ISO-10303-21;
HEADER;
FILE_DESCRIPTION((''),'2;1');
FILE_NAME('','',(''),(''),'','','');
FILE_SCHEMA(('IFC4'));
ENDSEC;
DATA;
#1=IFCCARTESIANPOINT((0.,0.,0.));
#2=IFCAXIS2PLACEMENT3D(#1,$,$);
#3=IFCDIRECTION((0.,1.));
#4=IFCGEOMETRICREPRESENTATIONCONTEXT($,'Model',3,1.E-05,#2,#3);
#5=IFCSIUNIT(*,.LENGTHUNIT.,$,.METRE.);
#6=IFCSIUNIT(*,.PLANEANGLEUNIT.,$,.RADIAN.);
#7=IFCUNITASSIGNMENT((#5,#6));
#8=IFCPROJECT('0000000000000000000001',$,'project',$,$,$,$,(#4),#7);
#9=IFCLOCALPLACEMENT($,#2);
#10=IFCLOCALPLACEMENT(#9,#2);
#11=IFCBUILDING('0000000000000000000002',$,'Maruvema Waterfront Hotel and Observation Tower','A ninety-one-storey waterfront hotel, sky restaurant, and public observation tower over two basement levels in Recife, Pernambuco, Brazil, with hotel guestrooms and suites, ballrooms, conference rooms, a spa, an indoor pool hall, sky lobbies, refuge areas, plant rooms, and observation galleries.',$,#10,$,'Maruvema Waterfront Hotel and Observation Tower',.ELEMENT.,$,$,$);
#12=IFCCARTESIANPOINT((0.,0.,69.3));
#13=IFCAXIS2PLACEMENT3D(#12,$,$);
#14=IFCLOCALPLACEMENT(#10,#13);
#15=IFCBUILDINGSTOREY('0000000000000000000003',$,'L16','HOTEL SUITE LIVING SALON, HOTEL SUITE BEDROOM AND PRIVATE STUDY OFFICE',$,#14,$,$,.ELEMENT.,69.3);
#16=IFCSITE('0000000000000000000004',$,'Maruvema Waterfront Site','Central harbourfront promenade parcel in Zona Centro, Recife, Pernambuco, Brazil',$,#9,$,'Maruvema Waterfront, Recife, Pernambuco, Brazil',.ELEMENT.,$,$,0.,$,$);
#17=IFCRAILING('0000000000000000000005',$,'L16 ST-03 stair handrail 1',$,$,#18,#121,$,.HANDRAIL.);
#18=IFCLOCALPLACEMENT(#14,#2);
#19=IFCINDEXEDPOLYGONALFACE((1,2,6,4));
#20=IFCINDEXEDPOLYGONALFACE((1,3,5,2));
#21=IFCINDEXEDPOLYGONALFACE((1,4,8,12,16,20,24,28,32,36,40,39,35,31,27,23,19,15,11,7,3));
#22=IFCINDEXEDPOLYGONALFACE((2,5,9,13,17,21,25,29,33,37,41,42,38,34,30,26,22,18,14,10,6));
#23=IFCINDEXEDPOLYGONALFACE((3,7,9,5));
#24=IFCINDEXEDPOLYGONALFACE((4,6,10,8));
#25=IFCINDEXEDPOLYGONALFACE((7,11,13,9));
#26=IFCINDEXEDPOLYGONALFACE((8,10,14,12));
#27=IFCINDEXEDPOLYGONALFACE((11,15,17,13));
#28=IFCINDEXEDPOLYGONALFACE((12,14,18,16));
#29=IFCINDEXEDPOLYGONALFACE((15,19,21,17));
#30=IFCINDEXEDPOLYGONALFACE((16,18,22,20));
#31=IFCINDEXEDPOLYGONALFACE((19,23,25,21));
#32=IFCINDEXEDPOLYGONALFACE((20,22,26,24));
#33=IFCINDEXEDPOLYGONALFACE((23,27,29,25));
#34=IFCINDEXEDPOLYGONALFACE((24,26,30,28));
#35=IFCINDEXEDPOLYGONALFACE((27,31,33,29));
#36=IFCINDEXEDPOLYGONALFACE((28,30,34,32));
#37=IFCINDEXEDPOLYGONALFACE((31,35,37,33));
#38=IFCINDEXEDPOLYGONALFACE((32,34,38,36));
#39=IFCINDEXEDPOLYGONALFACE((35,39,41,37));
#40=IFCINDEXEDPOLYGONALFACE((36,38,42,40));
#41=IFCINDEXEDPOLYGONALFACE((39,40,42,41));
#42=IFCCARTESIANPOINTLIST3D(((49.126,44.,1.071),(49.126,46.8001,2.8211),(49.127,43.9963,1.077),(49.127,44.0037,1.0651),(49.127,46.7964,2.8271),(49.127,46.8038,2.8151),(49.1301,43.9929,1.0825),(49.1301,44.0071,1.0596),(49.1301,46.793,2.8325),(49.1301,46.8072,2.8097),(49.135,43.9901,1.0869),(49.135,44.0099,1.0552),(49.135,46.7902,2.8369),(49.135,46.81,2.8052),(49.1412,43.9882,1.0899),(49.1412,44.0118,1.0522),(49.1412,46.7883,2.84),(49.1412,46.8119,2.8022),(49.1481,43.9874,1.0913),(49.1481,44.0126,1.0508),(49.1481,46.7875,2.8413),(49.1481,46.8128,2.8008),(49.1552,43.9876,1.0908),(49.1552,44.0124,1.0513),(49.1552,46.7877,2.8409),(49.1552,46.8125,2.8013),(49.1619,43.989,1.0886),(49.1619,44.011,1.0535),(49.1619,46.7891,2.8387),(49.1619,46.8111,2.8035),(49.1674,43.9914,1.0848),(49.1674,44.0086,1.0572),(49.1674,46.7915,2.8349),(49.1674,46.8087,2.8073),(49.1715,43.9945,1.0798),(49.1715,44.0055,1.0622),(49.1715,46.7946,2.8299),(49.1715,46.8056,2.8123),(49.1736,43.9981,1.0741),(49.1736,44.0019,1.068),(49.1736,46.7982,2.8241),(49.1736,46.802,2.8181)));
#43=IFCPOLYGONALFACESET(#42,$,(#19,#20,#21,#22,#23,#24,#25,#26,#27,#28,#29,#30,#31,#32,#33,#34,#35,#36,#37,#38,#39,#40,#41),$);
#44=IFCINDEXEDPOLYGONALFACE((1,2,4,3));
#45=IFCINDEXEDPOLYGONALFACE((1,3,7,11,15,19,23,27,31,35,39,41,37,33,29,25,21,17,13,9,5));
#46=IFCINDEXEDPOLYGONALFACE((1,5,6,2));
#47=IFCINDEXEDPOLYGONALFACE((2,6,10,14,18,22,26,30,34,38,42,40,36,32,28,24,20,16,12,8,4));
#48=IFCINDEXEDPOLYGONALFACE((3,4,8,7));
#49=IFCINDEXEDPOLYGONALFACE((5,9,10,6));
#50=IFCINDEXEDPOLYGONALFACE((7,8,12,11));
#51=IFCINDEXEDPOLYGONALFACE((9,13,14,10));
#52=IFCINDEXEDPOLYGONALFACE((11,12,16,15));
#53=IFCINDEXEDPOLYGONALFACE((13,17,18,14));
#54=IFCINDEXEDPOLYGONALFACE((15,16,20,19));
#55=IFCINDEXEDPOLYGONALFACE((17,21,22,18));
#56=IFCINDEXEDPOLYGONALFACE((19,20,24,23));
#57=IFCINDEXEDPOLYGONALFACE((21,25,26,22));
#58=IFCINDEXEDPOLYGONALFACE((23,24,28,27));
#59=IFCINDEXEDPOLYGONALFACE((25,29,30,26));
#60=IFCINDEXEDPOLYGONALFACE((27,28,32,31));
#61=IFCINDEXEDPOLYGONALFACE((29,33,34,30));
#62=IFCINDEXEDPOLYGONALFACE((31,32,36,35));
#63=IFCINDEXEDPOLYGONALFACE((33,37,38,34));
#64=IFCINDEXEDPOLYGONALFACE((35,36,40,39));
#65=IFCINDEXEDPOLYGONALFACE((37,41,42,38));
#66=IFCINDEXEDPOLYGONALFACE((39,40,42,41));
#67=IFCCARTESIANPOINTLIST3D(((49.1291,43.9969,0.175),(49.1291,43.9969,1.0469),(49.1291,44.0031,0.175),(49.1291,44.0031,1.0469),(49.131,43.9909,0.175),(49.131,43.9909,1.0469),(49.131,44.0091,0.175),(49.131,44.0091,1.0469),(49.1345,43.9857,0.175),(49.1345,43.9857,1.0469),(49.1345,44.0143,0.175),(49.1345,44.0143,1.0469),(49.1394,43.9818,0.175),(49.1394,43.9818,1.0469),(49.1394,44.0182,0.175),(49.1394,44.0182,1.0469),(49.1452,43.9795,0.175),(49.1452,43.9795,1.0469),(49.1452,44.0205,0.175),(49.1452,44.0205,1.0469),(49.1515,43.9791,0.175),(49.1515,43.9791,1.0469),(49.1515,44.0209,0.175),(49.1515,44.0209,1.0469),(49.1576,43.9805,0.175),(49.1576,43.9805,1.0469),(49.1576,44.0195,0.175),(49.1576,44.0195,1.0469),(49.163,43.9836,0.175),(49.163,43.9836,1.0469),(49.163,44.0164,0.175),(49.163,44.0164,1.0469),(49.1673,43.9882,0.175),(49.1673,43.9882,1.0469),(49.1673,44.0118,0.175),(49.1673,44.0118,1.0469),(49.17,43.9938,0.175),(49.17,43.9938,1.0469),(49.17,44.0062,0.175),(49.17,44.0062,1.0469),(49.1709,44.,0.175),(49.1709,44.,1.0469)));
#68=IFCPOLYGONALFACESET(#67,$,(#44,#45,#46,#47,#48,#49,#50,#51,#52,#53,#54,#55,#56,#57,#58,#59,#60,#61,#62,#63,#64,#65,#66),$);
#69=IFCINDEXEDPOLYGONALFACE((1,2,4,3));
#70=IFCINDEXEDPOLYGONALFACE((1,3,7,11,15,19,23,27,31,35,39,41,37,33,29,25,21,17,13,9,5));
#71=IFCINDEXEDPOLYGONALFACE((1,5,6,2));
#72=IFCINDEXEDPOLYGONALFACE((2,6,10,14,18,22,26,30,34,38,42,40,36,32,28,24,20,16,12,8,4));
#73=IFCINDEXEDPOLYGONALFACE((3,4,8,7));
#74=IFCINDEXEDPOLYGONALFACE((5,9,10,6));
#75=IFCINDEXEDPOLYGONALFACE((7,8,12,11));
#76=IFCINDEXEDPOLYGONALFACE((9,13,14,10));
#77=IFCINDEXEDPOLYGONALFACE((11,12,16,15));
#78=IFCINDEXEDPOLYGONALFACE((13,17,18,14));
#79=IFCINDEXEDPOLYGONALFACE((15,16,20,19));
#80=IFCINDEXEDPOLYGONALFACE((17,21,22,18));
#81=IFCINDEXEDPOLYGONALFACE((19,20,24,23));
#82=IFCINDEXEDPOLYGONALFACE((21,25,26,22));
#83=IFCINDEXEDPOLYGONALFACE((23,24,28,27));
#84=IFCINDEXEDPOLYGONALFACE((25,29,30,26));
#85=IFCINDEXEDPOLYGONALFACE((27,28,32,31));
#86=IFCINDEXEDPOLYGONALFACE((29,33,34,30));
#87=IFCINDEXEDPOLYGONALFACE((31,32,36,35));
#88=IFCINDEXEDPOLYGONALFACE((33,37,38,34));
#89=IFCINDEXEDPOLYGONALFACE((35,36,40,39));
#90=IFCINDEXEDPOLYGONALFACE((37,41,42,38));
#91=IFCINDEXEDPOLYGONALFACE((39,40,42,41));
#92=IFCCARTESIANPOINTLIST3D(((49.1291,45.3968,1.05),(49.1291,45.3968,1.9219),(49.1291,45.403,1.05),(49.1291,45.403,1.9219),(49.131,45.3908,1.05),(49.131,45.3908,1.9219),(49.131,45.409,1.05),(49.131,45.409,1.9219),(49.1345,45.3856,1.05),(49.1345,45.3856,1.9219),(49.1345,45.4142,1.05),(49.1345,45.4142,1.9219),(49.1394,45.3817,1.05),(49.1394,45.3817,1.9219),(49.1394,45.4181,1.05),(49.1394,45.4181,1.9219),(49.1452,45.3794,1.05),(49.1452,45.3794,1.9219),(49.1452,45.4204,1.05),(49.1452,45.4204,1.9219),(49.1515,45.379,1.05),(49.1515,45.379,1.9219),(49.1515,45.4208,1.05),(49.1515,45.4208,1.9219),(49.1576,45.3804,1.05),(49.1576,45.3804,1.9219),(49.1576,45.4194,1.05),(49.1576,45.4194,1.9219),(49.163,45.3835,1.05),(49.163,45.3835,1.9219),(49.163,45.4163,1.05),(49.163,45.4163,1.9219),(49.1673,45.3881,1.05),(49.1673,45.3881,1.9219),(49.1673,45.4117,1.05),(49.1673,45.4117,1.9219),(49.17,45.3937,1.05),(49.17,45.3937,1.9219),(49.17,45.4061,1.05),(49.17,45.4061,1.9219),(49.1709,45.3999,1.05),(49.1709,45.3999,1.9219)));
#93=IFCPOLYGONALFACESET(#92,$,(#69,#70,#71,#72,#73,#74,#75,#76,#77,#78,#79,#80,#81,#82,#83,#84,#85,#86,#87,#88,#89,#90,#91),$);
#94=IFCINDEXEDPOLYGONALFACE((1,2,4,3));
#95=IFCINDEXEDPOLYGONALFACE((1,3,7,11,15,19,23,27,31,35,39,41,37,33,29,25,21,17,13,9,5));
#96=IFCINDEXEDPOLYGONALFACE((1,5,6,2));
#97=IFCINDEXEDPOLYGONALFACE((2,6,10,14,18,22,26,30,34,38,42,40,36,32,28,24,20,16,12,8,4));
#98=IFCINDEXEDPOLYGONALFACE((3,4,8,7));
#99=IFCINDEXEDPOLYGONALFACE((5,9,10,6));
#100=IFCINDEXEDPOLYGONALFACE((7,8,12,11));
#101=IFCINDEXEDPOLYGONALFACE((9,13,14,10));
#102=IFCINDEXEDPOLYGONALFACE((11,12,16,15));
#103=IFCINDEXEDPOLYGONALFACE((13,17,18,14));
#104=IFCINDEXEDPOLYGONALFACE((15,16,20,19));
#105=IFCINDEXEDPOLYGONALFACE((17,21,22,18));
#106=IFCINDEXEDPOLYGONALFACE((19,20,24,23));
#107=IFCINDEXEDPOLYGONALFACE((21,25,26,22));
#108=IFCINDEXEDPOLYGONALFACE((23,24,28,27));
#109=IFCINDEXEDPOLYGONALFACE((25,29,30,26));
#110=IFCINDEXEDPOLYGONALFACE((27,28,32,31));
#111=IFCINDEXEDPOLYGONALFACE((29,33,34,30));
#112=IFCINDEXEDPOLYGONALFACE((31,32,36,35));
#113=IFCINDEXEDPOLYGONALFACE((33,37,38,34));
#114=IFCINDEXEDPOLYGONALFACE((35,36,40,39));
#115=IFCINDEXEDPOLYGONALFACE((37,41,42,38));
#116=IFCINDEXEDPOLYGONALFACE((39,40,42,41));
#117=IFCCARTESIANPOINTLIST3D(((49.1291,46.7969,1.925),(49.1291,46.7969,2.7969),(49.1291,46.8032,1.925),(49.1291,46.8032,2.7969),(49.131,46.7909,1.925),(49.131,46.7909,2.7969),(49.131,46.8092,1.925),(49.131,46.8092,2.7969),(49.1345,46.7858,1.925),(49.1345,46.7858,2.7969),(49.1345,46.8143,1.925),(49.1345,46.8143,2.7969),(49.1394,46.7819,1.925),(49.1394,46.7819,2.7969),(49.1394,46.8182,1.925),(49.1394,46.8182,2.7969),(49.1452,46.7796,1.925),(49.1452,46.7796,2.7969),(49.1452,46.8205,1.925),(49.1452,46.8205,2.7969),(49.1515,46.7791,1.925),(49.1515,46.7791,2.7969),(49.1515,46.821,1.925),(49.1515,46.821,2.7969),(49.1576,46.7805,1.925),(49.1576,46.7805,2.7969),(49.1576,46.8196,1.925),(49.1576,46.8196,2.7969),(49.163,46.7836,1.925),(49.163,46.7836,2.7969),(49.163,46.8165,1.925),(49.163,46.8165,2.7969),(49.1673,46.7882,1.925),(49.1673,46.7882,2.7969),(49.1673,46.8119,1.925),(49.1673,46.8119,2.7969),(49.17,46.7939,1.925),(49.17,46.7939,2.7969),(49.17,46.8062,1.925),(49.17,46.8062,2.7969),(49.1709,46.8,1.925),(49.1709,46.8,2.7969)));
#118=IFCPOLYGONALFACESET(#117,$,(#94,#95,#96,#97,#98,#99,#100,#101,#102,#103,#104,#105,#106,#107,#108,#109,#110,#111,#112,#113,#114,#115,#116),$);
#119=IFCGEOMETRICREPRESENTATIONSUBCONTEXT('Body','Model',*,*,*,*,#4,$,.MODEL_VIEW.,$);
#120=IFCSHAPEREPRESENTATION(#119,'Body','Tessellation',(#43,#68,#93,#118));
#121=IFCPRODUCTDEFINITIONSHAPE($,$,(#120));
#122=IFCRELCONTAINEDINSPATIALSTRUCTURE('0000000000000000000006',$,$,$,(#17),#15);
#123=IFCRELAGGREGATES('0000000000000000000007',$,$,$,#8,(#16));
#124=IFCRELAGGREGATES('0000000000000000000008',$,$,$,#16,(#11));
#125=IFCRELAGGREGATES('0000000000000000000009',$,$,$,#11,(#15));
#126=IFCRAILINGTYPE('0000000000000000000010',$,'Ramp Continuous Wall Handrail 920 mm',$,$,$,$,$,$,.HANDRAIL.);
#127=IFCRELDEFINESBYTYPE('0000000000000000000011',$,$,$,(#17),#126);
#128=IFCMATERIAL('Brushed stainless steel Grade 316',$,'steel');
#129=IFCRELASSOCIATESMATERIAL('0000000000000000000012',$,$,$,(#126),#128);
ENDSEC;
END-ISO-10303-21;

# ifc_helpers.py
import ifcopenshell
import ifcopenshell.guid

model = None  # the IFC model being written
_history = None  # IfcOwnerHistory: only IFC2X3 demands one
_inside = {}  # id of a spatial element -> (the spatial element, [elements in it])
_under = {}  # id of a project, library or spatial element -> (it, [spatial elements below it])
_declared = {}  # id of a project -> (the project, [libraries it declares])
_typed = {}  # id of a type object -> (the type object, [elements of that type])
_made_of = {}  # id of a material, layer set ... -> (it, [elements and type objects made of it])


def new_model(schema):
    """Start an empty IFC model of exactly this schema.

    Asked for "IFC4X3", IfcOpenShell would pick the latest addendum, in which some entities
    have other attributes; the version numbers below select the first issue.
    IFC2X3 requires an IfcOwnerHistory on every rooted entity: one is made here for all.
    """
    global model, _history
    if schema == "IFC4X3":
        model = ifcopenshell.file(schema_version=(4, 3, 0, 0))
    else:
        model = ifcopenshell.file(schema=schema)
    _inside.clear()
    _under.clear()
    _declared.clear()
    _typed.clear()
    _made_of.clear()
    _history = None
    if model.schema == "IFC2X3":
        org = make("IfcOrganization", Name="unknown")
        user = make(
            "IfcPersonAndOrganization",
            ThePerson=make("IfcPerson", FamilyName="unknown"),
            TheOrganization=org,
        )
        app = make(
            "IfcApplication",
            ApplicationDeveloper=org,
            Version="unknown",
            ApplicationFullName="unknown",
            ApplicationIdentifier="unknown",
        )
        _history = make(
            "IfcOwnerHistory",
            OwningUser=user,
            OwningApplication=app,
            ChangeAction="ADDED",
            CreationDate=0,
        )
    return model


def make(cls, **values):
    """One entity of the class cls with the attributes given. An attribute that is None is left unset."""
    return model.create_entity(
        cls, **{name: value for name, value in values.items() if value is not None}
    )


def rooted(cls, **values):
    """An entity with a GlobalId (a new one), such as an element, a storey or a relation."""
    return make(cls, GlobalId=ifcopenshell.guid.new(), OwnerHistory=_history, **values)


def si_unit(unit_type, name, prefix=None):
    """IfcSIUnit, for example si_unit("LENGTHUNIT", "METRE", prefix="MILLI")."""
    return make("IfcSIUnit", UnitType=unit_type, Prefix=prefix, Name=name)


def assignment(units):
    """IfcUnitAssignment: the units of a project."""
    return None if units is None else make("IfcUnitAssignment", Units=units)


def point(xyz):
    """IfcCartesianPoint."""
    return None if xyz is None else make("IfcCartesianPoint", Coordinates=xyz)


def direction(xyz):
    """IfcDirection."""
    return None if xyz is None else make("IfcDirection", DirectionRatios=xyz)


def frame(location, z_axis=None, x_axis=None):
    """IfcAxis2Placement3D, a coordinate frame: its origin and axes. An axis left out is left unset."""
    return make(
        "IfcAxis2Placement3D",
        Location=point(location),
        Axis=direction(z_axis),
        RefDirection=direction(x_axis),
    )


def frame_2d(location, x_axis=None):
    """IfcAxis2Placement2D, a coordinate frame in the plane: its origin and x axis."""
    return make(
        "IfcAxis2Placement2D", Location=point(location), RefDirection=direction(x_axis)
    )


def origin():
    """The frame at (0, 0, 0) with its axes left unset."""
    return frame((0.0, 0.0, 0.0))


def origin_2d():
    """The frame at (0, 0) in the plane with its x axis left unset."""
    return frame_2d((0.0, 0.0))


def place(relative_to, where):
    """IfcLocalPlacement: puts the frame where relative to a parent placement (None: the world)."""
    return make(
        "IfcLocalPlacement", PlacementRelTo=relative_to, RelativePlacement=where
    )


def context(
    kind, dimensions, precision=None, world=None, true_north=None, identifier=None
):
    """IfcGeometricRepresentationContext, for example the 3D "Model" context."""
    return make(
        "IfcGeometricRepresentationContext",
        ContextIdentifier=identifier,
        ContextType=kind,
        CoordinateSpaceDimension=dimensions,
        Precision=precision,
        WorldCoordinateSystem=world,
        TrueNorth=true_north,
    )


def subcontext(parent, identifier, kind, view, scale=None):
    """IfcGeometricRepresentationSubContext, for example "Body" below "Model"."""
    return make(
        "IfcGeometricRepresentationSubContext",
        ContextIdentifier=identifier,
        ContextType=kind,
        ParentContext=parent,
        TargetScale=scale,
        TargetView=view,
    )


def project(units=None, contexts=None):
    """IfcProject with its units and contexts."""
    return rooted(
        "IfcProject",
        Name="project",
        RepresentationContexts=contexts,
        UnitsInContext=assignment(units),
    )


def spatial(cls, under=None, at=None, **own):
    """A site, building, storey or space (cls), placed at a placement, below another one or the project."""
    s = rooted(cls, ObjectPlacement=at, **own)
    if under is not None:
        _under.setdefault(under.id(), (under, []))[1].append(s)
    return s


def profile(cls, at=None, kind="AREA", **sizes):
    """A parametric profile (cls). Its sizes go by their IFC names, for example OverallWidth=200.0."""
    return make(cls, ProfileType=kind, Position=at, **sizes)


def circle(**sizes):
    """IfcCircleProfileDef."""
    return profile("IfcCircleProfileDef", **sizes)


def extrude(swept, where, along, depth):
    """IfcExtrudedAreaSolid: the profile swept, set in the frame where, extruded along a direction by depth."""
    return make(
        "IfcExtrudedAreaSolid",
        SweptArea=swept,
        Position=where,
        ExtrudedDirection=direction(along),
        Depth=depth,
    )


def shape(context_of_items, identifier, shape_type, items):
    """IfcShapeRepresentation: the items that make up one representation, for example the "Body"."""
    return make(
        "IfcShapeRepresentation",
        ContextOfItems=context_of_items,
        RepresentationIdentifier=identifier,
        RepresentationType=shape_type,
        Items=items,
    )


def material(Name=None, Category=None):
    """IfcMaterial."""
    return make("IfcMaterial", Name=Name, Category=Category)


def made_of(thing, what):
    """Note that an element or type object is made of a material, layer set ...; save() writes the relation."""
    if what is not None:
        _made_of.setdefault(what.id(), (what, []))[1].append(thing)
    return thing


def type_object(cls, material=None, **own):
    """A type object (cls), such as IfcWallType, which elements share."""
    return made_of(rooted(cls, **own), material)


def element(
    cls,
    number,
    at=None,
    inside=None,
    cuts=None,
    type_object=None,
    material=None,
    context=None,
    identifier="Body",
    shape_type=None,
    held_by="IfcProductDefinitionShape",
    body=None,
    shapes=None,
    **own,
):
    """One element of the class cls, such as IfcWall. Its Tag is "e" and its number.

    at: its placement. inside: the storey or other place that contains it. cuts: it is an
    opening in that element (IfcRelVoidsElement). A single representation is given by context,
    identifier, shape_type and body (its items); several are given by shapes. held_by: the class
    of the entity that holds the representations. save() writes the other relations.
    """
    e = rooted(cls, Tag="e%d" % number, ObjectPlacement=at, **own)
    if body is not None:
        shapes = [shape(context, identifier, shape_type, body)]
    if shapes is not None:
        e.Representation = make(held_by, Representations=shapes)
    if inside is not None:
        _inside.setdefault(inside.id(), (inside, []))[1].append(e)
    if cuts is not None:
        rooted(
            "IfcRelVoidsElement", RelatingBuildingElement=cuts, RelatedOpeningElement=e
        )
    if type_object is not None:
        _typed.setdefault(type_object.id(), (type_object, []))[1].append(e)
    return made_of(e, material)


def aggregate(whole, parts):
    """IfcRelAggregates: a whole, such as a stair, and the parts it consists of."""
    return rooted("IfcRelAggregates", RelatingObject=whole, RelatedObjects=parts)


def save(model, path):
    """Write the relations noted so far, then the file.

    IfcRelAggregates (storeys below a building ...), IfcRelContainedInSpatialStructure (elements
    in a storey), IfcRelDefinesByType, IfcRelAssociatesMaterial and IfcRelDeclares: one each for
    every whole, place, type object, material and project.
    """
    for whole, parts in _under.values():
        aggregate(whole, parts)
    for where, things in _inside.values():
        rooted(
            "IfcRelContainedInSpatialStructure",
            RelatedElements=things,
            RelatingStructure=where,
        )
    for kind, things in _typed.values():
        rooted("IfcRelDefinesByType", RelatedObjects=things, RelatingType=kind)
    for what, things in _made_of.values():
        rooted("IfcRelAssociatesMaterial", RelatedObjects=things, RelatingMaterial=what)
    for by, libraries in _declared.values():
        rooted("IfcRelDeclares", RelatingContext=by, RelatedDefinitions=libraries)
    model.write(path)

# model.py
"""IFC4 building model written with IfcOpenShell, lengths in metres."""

from ifc_helpers import new_model, si_unit, direction, frame, origin, origin_2d, place, context, subcontext, project, spatial, circle, extrude, material, type_object, element, save


model = new_model("IFC4")

# Units and contexts
model_context = context("Model", 3, precision=1e-05, world=origin(), true_north=direction((0.0, 1.0)))
body_context = subcontext(model_context, "Body", "Model", "MODEL_VIEW")
ifc_project = project(units=[si_unit("LENGTHUNIT", "METRE"), si_unit("PLANEANGLEUNIT", "RADIAN")], contexts=[model_context])

# Site, building, storey
site_placement = place(None, origin())
site = spatial("IfcSite", under=ifc_project, at=site_placement, Name="Maruvema Waterfront Site", Description="Central harbourfront promenade parcel in Zona Centro, Recife, Pernambuco, Brazil", LongName="Maruvema Waterfront, Recife, Pernambuco, Brazil", CompositionType="ELEMENT", RefElevation=0.0)
building_placement = place(site_placement, origin())
building = spatial("IfcBuilding", under=site, at=building_placement, Name="Maruvema Waterfront Hotel and Observation Tower", Description="A ninety-one-storey waterfront hotel, sky restaurant, and public observation tower over two basement levels in Recife, Pernambuco, Brazil, with hotel guestrooms and suites, ballrooms, conference rooms, a spa, an indoor pool hall, sky lobbies, refuge areas, plant rooms, and observation galleries.", LongName="Maruvema Waterfront Hotel and Observation Tower", CompositionType="ELEMENT")
storey_placement = place(building_placement, frame((0.0, 0.0, 69.3)))
storey = spatial("IfcBuildingStorey", under=building, at=storey_placement, Name="L16", Description="HOTEL SUITE LIVING SALON, HOTEL SUITE BEDROOM AND PRIVATE STUDY OFFICE", CompositionType="ELEMENT", Elevation=69.3)

# Railing
ifc_material_1 = material(Name="Brushed stainless steel Grade 316", Category="steel")
railing_type = type_object("IfcRailingType", Name="Ramp Continuous Wall Handrail 920 mm", PredefinedType="HANDRAIL", material=ifc_material_1)
railing_placement = place(storey_placement, frame((49.1499, 44.0, 0.175)))
element("IfcRailing", 1, at=railing_placement, inside=storey, type_object=railing_type, Name="L16 ST-03 stair handrail 1", PredefinedType="HANDRAIL", context=body_context, shape_type="SweptSolid", body=[
    extrude(circle(Radius=0.0239, at=origin_2d()), frame((0.0, 0.0, 0.896), z_axis=(0.0, 0.848002, 0.529992), x_axis=(-1.0, 0.0, 0.0)), (0.0, 0.0, 1.0), 3.302),
    extrude(circle(Radius=0.021, at=origin_2d()), origin(), (0.0, 0.0, 1.0), 0.8718),
    extrude(circle(Radius=0.021, at=origin_2d()), frame((0.0, 1.3999, 0.875)), (0.0, 0.0, 1.0), 0.8718),
    extrude(circle(Radius=0.021, at=origin_2d()), frame((0.0, 2.8, 1.75)), (0.0, 0.0, 1.0), 0.8718),
])

save(model, "model.ifc")
